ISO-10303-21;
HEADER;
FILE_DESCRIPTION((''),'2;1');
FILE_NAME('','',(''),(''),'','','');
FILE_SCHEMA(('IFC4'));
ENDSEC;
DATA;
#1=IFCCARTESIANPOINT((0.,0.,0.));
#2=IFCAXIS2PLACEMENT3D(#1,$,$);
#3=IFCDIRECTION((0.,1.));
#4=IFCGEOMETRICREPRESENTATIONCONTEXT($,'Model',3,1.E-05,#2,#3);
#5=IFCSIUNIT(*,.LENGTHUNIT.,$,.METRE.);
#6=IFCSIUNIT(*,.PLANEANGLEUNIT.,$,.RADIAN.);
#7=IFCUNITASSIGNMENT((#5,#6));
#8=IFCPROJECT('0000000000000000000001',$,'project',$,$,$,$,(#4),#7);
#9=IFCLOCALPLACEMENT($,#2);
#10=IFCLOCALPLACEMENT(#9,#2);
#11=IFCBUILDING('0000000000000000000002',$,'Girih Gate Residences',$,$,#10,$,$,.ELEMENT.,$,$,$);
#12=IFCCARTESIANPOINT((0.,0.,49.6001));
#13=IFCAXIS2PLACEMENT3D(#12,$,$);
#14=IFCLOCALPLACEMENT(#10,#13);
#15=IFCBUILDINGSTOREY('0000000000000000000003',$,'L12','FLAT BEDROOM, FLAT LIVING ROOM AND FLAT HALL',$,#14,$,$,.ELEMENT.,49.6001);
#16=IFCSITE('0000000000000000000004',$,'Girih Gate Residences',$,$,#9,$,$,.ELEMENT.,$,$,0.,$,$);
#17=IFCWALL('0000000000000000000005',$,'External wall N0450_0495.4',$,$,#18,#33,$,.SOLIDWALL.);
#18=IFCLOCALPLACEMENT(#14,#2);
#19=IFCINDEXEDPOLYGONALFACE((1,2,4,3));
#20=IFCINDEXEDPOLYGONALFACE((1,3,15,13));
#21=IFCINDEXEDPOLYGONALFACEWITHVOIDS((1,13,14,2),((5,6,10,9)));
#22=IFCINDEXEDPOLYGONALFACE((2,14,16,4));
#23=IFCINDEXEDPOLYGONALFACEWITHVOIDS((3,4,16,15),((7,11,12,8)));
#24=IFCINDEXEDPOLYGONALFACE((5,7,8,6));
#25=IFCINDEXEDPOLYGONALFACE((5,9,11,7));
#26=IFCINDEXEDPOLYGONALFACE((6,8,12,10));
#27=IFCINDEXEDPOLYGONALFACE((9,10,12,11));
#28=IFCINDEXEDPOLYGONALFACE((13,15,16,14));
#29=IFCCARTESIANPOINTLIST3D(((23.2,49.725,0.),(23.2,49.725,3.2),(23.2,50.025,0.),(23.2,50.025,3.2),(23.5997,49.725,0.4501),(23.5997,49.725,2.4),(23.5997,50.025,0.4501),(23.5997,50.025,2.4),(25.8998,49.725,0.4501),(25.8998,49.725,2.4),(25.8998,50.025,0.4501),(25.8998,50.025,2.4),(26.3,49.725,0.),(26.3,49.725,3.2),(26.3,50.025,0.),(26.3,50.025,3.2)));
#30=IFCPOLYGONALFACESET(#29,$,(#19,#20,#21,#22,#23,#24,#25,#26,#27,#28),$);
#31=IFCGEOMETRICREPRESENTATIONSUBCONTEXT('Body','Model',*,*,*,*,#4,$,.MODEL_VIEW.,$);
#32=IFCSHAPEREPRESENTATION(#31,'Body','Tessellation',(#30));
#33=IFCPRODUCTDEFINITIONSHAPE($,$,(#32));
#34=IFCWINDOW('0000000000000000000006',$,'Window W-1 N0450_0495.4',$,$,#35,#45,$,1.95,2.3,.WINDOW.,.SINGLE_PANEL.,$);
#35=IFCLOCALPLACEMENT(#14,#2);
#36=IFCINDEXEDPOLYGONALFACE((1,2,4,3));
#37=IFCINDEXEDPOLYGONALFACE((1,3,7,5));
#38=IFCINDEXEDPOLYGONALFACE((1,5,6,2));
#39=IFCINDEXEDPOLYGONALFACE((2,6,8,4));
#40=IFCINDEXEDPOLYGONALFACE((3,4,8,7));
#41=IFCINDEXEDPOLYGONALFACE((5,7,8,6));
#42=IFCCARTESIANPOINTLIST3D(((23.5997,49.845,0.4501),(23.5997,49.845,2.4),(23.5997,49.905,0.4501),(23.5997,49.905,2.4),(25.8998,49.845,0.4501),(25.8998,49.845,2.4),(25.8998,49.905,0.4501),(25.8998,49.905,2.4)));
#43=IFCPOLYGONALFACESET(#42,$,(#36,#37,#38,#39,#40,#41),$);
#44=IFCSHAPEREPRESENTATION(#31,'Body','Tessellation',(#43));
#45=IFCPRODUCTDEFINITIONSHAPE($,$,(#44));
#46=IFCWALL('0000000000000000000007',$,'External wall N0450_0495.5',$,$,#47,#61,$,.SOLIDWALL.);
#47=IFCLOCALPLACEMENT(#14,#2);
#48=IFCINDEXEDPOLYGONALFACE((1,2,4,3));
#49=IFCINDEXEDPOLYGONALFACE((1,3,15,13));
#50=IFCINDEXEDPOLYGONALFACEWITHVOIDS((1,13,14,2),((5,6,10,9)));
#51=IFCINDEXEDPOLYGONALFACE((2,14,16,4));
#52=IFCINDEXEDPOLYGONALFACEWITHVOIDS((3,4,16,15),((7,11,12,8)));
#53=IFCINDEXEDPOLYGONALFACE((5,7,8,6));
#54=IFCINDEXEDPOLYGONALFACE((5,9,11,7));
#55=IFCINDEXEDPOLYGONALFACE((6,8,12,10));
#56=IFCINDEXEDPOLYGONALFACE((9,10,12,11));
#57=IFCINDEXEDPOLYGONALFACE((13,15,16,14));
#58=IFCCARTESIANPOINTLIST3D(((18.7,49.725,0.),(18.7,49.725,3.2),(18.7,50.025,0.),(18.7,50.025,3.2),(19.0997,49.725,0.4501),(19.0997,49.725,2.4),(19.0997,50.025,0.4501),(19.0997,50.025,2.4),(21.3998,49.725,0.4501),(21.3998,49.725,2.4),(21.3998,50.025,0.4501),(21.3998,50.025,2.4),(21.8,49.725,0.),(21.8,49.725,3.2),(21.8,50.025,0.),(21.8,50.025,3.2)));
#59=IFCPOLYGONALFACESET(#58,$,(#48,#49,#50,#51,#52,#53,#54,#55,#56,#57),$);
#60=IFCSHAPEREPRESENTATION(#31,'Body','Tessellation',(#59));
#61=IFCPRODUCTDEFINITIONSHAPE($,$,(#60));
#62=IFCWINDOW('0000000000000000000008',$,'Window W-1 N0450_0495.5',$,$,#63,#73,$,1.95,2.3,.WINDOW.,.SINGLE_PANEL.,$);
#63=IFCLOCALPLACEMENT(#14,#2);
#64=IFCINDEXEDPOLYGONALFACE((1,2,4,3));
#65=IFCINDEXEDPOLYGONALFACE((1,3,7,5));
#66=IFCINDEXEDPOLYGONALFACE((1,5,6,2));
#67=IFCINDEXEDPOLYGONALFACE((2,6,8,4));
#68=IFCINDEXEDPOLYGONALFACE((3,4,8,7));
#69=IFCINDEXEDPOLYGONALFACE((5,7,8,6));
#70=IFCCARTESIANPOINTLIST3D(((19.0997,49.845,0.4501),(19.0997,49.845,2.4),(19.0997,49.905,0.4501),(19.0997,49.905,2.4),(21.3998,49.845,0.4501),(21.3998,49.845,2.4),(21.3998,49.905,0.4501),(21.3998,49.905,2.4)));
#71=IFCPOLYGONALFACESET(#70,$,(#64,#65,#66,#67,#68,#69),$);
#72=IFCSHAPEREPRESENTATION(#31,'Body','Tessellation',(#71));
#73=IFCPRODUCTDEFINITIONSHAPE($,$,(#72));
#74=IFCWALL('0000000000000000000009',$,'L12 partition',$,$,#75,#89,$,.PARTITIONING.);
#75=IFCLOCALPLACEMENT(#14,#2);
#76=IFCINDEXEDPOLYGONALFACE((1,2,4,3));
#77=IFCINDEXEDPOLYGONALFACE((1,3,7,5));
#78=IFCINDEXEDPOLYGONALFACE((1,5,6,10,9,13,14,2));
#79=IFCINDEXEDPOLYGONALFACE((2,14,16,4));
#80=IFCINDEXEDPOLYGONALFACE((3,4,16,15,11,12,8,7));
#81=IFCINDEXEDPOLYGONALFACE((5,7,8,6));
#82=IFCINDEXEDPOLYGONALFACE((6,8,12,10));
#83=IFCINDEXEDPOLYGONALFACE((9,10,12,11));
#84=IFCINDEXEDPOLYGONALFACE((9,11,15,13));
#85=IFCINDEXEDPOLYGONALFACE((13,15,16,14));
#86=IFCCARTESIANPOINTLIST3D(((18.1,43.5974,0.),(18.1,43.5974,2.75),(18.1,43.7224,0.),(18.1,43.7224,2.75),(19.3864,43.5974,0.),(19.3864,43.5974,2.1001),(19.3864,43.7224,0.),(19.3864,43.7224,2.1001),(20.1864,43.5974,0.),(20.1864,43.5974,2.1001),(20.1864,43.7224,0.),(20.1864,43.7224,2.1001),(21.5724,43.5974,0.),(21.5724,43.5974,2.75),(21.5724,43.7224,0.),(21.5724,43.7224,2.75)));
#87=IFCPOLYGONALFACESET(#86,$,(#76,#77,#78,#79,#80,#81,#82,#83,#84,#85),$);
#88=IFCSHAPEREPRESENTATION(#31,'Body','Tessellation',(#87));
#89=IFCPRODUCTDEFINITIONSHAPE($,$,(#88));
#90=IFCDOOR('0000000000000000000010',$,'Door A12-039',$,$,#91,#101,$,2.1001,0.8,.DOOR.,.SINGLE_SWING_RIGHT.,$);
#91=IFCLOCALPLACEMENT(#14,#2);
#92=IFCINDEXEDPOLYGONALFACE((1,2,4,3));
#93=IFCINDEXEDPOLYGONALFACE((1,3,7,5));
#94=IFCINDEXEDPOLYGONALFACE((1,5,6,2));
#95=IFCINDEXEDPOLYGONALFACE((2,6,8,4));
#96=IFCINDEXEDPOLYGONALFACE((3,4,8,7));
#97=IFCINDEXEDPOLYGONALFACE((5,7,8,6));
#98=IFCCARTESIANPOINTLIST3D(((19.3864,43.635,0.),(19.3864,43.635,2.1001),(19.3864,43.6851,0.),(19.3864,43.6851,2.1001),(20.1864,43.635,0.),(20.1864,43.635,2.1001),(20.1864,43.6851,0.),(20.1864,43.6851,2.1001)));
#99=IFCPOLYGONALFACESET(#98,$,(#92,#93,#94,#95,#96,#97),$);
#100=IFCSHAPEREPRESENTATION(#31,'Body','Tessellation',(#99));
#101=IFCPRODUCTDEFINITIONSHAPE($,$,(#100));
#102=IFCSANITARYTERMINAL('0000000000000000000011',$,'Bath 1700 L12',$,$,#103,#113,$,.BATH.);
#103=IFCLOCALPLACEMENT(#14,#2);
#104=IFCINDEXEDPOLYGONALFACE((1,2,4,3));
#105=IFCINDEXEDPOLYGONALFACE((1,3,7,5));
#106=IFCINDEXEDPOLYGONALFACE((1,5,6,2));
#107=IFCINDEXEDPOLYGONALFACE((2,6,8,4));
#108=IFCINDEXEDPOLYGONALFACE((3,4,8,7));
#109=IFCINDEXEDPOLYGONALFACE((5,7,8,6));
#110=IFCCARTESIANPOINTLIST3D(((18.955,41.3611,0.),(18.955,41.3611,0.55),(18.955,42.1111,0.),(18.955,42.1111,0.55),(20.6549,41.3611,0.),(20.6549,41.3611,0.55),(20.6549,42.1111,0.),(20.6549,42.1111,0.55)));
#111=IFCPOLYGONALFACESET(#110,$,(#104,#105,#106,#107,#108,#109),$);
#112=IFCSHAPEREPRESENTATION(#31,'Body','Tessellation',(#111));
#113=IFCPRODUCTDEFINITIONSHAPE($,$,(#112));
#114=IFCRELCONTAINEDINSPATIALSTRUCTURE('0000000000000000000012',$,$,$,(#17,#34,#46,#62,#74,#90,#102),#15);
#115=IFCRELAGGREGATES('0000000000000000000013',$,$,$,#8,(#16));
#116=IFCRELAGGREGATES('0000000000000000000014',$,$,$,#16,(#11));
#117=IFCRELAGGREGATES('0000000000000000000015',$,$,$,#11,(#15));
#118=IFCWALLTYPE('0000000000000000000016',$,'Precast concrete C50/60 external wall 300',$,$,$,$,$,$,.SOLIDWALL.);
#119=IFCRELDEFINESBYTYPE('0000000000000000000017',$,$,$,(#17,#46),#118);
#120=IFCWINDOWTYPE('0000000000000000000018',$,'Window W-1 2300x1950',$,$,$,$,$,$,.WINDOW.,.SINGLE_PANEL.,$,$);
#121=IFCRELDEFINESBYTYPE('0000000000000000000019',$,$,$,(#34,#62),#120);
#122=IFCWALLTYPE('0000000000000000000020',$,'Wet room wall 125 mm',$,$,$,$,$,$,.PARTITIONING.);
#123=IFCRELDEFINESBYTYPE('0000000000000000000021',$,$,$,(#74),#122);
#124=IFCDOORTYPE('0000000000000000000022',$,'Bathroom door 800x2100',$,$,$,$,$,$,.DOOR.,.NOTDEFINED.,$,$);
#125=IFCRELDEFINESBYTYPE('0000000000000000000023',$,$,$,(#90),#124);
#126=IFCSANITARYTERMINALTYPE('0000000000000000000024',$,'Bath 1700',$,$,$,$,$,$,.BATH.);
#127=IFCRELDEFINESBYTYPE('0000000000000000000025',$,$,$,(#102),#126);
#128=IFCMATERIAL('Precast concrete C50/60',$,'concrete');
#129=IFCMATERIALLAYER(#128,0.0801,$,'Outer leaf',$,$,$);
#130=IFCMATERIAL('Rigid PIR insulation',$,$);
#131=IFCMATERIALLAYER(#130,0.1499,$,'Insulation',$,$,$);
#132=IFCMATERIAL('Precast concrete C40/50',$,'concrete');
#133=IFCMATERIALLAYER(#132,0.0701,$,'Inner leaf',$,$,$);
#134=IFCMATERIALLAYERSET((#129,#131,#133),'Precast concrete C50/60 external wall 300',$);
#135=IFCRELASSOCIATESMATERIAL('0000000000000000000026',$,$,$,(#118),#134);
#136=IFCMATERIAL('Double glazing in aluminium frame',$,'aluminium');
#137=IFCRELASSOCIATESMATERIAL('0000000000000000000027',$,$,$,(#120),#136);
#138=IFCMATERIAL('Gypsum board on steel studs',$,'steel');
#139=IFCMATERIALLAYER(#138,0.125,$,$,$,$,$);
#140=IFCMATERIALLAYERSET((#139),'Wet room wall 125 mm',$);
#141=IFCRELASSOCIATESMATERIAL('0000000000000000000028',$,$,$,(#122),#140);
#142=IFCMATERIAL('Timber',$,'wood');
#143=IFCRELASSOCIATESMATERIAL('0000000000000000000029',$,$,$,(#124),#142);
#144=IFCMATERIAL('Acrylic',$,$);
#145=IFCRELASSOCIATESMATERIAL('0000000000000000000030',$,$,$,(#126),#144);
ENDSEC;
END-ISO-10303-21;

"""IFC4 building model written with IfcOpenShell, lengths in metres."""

from ifc_helpers import new_model, si_unit, direction, frame, frame_2d, origin, origin_2d, place, context, subcontext, project, spatial, rectangle, extrude, material, layer, layer_set, type_object, element, fill, save


model = new_model("IFC4")

# Units and contexts
model_context = context("Model", 3, precision=1e-05, world=origin(), true_north=direction((0.0, 1.0)))
body_context = subcontext(model_context, "Body", "Model", "MODEL_VIEW")
ifc_project = project(units=[si_unit("LENGTHUNIT", "METRE"), si_unit("PLANEANGLEUNIT", "RADIAN")], contexts=[model_context])

# Site, building, storey
site_placement = place(None, origin())
site = spatial("IfcSite", under=ifc_project, at=site_placement, Name="Girih Gate Residences", CompositionType="ELEMENT", RefElevation=0.0)
building_placement = place(site_placement, origin())
building = spatial("IfcBuilding", under=site, at=building_placement, Name="Girih Gate Residences", CompositionType="ELEMENT")
storey_placement = place(building_placement, frame((0.0, 0.0, 49.6001)))
storey = spatial("IfcBuildingStorey", under=building, at=storey_placement, Name="L12", Description="FLAT BEDROOM, FLAT LIVING ROOM AND FLAT HALL", CompositionType="ELEMENT", Elevation=49.6001)

# Shared definitions
ifc_material_1 = material(Name="Gypsum board on steel studs", Category="steel")
ifc_material_2 = material(Name="Timber", Category="wood")

# Walls, openings, windows
ifc_material_3 = material(Name="Precast concrete C50/60", Category="concrete")
ifc_layer_1 = layer(ifc_material_3, 0.0801, Name="Outer leaf")
ifc_material_4 = material(Name="Rigid PIR insulation")
ifc_layer_2 = layer(ifc_material_4, 0.1499, Name="Insulation")
ifc_material_5 = material(Name="Precast concrete C40/50", Category="concrete")
ifc_layer_3 = layer(ifc_material_5, 0.0701, Name="Inner leaf")
ifc_layer_set_1 = layer_set([ifc_layer_1, ifc_layer_2, ifc_layer_3], Name="Precast concrete C50/60 external wall 300")
wall_type_1 = type_object("IfcWallType", Name="Precast concrete C50/60 external wall 300", PredefinedType="SOLIDWALL", material=ifc_layer_set_1)
wall_1_placement = place(storey_placement, frame((23.2, 49.875, 0.0), z_axis=(0.0, 0.0, 1.0), x_axis=(1.0, 0.0, 0.0)))
wall_1 = element("IfcWall", 1, at=wall_1_placement, inside=storey, type_object=wall_type_1, Name="External wall N0450_0495.4", PredefinedType="SOLIDWALL", context=body_context, shape_type="SweptSolid", body=[
    extrude(rectangle(XDim=3.1001, YDim=0.3, at=frame_2d((1.55, 0.0))), origin(), (0.0, 0.0, 1.0), 3.2),
])
opening_1_placement = place(wall_1_placement, frame((0.3999, 0.0, 0.45)))
opening_1 = element("IfcOpeningElement", 2, at=opening_1_placement, cuts=wall_1, PredefinedType="OPENING", context=body_context, shape_type="SweptSolid", body=[
    extrude(rectangle(XDim=2.3, YDim=1.95, at=frame_2d((1.1499, 0.9751))), frame((0.0, 0.1599, 0.0), z_axis=(0.0, -1.0, 0.0), x_axis=(1.0, 0.0, 0.0)), (0.0, 0.0, 1.0), 0.3201),
])
ifc_material_6 = material(Name="Double glazing in aluminium frame", Category="aluminium")
window_type = type_object("IfcWindowType", Name="Window W-1 2300x1950", PartitioningType="SINGLE_PANEL", PredefinedType="WINDOW", material=ifc_material_6)
window_1_placement = place(opening_1_placement, origin())
window_1 = element("IfcWindow", 3, at=window_1_placement, inside=storey, type_object=window_type, Name="Window W-1 N0450_0495.4", OverallHeight=1.95, OverallWidth=2.3, PartitioningType="SINGLE_PANEL", PredefinedType="WINDOW", context=body_context, shape_type="SweptSolid", body=[
    extrude(rectangle(XDim=2.3, YDim=1.95, at=frame_2d((1.1499, 0.9751))), frame((0.0, 0.03, 0.0), z_axis=(0.0, -1.0, 0.0), x_axis=(1.0, 0.0, 0.0)), (0.0, 0.0, 1.0), 0.0601),
])
fill(opening_1, window_1)
wall_2_placement = place(storey_placement, frame((18.7, 49.875, 0.0), z_axis=(0.0, 0.0, 1.0), x_axis=(1.0, 0.0, 0.0)))
wall_2 = element("IfcWall", 4, at=wall_2_placement, inside=storey, type_object=wall_type_1, Name="External wall N0450_0495.5", PredefinedType="SOLIDWALL", context=body_context, shape_type="SweptSolid", body=[
    extrude(rectangle(XDim=3.1001, YDim=0.3, at=frame_2d((1.55, 0.0))), origin(), (0.0, 0.0, 1.0), 3.2),
])
opening_2_placement = place(wall_2_placement, frame((0.3999, 0.0, 0.45)))
opening_2 = element("IfcOpeningElement", 5, at=opening_2_placement, cuts=wall_2, PredefinedType="OPENING", context=body_context, shape_type="SweptSolid", body=[
    extrude(rectangle(XDim=2.3, YDim=1.95, at=frame_2d((1.1499, 0.9751))), frame((0.0, 0.1599, 0.0), z_axis=(0.0, -1.0, 0.0), x_axis=(1.0, 0.0, 0.0)), (0.0, 0.0, 1.0), 0.3201),
])
window_2_placement = place(opening_2_placement, origin())
window_2 = element("IfcWindow", 6, at=window_2_placement, inside=storey, type_object=window_type, Name="Window W-1 N0450_0495.5", OverallHeight=1.95, OverallWidth=2.3, PartitioningType="SINGLE_PANEL", PredefinedType="WINDOW", context=body_context, shape_type="SweptSolid", body=[
    extrude(rectangle(XDim=2.3, YDim=1.95, at=frame_2d((1.1499, 0.9751))), frame((0.0, 0.03, 0.0), z_axis=(0.0, -1.0, 0.0), x_axis=(1.0, 0.0, 0.0)), (0.0, 0.0, 1.0), 0.0601),
])
fill(opening_2, window_2)

# Wall, opening, door
ifc_layer_4 = layer(ifc_material_1, 0.125)
ifc_layer_set_2 = layer_set([ifc_layer_4], Name="Wet room wall 125 mm")
wall_type_2 = type_object("IfcWallType", Name="Wet room wall 125 mm", PredefinedType="PARTITIONING", material=ifc_layer_set_2)
wall_3_placement = place(storey_placement, frame((21.5725, 43.6599, 0.0), z_axis=(0.0, 0.0, 1.0), x_axis=(-1.0, 0.0, 0.0)))
wall_3 = element("IfcWall", 7, at=wall_3_placement, inside=storey, type_object=wall_type_2, Name="L12 partition", PredefinedType="PARTITIONING", context=body_context, shape_type="SweptSolid", body=[
    extrude(rectangle(XDim=3.4724, YDim=0.125, at=frame_2d((1.7363, 0.0))), origin(), (0.0, 0.0, 1.0), 2.75),
])
opening_3_placement = place(wall_3_placement, frame((1.3862, 0.0, 0.0)))
opening_3 = element("IfcOpeningElement", 8, at=opening_3_placement, cuts=wall_3, PredefinedType="OPENING", context=body_context, shape_type="SweptSolid", body=[
    extrude(rectangle(XDim=0.8, YDim=2.1001, at=frame_2d((0.3999, 1.05))), frame((0.0, 0.0725, 0.0), z_axis=(0.0, -1.0, 0.0), x_axis=(1.0, 0.0, 0.0)), (0.0, 0.0, 1.0), 0.145),
])
door_type_1 = type_object("IfcDoorType", Name="Bathroom door 800x2100", OperationType="NOTDEFINED", PredefinedType="DOOR", material=ifc_material_2)
door_1_placement = place(opening_3_placement, origin())
door_1 = element("IfcDoor", 9, at=door_1_placement, inside=storey, type_object=door_type_1, Name="Door A12-039", OperationType="SINGLE_SWING_RIGHT", OverallHeight=2.1001, OverallWidth=0.8, PredefinedType="DOOR", context=body_context, shape_type="SweptSolid", body=[
    extrude(rectangle(XDim=0.8, YDim=2.1001, at=frame_2d((0.3999, 1.05))), frame((0.0, 0.0249, 0.0), z_axis=(0.0, -1.0, 0.0), x_axis=(1.0, 0.0, 0.0)), (0.0, 0.0, 1.0), 0.05),
])
fill(opening_3, door_1)

# Sanitary terminal
ifc_material_7 = material(Name="Acrylic")
sanitary_terminal_type = type_object("IfcSanitaryTerminalType", Name="Bath 1700", PredefinedType="BATH", material=ifc_material_7)
sanitary_terminal_placement = place(storey_placement, frame((19.8049, 41.7361, 0.0), z_axis=(0.0, 0.0, 1.0), x_axis=(1.0, 0.0, 0.0)))
element("IfcSanitaryTerminal", 10, at=sanitary_terminal_placement, inside=storey, type_object=sanitary_terminal_type, Name="Bath 1700 L12", PredefinedType="BATH", context=body_context, shape_type="SweptSolid", body=[
    extrude(rectangle(XDim=1.7, YDim=0.75, at=origin_2d()), origin(), (0.0, 0.0, 1.0), 0.55),
])

save(model, "model.ifc")
